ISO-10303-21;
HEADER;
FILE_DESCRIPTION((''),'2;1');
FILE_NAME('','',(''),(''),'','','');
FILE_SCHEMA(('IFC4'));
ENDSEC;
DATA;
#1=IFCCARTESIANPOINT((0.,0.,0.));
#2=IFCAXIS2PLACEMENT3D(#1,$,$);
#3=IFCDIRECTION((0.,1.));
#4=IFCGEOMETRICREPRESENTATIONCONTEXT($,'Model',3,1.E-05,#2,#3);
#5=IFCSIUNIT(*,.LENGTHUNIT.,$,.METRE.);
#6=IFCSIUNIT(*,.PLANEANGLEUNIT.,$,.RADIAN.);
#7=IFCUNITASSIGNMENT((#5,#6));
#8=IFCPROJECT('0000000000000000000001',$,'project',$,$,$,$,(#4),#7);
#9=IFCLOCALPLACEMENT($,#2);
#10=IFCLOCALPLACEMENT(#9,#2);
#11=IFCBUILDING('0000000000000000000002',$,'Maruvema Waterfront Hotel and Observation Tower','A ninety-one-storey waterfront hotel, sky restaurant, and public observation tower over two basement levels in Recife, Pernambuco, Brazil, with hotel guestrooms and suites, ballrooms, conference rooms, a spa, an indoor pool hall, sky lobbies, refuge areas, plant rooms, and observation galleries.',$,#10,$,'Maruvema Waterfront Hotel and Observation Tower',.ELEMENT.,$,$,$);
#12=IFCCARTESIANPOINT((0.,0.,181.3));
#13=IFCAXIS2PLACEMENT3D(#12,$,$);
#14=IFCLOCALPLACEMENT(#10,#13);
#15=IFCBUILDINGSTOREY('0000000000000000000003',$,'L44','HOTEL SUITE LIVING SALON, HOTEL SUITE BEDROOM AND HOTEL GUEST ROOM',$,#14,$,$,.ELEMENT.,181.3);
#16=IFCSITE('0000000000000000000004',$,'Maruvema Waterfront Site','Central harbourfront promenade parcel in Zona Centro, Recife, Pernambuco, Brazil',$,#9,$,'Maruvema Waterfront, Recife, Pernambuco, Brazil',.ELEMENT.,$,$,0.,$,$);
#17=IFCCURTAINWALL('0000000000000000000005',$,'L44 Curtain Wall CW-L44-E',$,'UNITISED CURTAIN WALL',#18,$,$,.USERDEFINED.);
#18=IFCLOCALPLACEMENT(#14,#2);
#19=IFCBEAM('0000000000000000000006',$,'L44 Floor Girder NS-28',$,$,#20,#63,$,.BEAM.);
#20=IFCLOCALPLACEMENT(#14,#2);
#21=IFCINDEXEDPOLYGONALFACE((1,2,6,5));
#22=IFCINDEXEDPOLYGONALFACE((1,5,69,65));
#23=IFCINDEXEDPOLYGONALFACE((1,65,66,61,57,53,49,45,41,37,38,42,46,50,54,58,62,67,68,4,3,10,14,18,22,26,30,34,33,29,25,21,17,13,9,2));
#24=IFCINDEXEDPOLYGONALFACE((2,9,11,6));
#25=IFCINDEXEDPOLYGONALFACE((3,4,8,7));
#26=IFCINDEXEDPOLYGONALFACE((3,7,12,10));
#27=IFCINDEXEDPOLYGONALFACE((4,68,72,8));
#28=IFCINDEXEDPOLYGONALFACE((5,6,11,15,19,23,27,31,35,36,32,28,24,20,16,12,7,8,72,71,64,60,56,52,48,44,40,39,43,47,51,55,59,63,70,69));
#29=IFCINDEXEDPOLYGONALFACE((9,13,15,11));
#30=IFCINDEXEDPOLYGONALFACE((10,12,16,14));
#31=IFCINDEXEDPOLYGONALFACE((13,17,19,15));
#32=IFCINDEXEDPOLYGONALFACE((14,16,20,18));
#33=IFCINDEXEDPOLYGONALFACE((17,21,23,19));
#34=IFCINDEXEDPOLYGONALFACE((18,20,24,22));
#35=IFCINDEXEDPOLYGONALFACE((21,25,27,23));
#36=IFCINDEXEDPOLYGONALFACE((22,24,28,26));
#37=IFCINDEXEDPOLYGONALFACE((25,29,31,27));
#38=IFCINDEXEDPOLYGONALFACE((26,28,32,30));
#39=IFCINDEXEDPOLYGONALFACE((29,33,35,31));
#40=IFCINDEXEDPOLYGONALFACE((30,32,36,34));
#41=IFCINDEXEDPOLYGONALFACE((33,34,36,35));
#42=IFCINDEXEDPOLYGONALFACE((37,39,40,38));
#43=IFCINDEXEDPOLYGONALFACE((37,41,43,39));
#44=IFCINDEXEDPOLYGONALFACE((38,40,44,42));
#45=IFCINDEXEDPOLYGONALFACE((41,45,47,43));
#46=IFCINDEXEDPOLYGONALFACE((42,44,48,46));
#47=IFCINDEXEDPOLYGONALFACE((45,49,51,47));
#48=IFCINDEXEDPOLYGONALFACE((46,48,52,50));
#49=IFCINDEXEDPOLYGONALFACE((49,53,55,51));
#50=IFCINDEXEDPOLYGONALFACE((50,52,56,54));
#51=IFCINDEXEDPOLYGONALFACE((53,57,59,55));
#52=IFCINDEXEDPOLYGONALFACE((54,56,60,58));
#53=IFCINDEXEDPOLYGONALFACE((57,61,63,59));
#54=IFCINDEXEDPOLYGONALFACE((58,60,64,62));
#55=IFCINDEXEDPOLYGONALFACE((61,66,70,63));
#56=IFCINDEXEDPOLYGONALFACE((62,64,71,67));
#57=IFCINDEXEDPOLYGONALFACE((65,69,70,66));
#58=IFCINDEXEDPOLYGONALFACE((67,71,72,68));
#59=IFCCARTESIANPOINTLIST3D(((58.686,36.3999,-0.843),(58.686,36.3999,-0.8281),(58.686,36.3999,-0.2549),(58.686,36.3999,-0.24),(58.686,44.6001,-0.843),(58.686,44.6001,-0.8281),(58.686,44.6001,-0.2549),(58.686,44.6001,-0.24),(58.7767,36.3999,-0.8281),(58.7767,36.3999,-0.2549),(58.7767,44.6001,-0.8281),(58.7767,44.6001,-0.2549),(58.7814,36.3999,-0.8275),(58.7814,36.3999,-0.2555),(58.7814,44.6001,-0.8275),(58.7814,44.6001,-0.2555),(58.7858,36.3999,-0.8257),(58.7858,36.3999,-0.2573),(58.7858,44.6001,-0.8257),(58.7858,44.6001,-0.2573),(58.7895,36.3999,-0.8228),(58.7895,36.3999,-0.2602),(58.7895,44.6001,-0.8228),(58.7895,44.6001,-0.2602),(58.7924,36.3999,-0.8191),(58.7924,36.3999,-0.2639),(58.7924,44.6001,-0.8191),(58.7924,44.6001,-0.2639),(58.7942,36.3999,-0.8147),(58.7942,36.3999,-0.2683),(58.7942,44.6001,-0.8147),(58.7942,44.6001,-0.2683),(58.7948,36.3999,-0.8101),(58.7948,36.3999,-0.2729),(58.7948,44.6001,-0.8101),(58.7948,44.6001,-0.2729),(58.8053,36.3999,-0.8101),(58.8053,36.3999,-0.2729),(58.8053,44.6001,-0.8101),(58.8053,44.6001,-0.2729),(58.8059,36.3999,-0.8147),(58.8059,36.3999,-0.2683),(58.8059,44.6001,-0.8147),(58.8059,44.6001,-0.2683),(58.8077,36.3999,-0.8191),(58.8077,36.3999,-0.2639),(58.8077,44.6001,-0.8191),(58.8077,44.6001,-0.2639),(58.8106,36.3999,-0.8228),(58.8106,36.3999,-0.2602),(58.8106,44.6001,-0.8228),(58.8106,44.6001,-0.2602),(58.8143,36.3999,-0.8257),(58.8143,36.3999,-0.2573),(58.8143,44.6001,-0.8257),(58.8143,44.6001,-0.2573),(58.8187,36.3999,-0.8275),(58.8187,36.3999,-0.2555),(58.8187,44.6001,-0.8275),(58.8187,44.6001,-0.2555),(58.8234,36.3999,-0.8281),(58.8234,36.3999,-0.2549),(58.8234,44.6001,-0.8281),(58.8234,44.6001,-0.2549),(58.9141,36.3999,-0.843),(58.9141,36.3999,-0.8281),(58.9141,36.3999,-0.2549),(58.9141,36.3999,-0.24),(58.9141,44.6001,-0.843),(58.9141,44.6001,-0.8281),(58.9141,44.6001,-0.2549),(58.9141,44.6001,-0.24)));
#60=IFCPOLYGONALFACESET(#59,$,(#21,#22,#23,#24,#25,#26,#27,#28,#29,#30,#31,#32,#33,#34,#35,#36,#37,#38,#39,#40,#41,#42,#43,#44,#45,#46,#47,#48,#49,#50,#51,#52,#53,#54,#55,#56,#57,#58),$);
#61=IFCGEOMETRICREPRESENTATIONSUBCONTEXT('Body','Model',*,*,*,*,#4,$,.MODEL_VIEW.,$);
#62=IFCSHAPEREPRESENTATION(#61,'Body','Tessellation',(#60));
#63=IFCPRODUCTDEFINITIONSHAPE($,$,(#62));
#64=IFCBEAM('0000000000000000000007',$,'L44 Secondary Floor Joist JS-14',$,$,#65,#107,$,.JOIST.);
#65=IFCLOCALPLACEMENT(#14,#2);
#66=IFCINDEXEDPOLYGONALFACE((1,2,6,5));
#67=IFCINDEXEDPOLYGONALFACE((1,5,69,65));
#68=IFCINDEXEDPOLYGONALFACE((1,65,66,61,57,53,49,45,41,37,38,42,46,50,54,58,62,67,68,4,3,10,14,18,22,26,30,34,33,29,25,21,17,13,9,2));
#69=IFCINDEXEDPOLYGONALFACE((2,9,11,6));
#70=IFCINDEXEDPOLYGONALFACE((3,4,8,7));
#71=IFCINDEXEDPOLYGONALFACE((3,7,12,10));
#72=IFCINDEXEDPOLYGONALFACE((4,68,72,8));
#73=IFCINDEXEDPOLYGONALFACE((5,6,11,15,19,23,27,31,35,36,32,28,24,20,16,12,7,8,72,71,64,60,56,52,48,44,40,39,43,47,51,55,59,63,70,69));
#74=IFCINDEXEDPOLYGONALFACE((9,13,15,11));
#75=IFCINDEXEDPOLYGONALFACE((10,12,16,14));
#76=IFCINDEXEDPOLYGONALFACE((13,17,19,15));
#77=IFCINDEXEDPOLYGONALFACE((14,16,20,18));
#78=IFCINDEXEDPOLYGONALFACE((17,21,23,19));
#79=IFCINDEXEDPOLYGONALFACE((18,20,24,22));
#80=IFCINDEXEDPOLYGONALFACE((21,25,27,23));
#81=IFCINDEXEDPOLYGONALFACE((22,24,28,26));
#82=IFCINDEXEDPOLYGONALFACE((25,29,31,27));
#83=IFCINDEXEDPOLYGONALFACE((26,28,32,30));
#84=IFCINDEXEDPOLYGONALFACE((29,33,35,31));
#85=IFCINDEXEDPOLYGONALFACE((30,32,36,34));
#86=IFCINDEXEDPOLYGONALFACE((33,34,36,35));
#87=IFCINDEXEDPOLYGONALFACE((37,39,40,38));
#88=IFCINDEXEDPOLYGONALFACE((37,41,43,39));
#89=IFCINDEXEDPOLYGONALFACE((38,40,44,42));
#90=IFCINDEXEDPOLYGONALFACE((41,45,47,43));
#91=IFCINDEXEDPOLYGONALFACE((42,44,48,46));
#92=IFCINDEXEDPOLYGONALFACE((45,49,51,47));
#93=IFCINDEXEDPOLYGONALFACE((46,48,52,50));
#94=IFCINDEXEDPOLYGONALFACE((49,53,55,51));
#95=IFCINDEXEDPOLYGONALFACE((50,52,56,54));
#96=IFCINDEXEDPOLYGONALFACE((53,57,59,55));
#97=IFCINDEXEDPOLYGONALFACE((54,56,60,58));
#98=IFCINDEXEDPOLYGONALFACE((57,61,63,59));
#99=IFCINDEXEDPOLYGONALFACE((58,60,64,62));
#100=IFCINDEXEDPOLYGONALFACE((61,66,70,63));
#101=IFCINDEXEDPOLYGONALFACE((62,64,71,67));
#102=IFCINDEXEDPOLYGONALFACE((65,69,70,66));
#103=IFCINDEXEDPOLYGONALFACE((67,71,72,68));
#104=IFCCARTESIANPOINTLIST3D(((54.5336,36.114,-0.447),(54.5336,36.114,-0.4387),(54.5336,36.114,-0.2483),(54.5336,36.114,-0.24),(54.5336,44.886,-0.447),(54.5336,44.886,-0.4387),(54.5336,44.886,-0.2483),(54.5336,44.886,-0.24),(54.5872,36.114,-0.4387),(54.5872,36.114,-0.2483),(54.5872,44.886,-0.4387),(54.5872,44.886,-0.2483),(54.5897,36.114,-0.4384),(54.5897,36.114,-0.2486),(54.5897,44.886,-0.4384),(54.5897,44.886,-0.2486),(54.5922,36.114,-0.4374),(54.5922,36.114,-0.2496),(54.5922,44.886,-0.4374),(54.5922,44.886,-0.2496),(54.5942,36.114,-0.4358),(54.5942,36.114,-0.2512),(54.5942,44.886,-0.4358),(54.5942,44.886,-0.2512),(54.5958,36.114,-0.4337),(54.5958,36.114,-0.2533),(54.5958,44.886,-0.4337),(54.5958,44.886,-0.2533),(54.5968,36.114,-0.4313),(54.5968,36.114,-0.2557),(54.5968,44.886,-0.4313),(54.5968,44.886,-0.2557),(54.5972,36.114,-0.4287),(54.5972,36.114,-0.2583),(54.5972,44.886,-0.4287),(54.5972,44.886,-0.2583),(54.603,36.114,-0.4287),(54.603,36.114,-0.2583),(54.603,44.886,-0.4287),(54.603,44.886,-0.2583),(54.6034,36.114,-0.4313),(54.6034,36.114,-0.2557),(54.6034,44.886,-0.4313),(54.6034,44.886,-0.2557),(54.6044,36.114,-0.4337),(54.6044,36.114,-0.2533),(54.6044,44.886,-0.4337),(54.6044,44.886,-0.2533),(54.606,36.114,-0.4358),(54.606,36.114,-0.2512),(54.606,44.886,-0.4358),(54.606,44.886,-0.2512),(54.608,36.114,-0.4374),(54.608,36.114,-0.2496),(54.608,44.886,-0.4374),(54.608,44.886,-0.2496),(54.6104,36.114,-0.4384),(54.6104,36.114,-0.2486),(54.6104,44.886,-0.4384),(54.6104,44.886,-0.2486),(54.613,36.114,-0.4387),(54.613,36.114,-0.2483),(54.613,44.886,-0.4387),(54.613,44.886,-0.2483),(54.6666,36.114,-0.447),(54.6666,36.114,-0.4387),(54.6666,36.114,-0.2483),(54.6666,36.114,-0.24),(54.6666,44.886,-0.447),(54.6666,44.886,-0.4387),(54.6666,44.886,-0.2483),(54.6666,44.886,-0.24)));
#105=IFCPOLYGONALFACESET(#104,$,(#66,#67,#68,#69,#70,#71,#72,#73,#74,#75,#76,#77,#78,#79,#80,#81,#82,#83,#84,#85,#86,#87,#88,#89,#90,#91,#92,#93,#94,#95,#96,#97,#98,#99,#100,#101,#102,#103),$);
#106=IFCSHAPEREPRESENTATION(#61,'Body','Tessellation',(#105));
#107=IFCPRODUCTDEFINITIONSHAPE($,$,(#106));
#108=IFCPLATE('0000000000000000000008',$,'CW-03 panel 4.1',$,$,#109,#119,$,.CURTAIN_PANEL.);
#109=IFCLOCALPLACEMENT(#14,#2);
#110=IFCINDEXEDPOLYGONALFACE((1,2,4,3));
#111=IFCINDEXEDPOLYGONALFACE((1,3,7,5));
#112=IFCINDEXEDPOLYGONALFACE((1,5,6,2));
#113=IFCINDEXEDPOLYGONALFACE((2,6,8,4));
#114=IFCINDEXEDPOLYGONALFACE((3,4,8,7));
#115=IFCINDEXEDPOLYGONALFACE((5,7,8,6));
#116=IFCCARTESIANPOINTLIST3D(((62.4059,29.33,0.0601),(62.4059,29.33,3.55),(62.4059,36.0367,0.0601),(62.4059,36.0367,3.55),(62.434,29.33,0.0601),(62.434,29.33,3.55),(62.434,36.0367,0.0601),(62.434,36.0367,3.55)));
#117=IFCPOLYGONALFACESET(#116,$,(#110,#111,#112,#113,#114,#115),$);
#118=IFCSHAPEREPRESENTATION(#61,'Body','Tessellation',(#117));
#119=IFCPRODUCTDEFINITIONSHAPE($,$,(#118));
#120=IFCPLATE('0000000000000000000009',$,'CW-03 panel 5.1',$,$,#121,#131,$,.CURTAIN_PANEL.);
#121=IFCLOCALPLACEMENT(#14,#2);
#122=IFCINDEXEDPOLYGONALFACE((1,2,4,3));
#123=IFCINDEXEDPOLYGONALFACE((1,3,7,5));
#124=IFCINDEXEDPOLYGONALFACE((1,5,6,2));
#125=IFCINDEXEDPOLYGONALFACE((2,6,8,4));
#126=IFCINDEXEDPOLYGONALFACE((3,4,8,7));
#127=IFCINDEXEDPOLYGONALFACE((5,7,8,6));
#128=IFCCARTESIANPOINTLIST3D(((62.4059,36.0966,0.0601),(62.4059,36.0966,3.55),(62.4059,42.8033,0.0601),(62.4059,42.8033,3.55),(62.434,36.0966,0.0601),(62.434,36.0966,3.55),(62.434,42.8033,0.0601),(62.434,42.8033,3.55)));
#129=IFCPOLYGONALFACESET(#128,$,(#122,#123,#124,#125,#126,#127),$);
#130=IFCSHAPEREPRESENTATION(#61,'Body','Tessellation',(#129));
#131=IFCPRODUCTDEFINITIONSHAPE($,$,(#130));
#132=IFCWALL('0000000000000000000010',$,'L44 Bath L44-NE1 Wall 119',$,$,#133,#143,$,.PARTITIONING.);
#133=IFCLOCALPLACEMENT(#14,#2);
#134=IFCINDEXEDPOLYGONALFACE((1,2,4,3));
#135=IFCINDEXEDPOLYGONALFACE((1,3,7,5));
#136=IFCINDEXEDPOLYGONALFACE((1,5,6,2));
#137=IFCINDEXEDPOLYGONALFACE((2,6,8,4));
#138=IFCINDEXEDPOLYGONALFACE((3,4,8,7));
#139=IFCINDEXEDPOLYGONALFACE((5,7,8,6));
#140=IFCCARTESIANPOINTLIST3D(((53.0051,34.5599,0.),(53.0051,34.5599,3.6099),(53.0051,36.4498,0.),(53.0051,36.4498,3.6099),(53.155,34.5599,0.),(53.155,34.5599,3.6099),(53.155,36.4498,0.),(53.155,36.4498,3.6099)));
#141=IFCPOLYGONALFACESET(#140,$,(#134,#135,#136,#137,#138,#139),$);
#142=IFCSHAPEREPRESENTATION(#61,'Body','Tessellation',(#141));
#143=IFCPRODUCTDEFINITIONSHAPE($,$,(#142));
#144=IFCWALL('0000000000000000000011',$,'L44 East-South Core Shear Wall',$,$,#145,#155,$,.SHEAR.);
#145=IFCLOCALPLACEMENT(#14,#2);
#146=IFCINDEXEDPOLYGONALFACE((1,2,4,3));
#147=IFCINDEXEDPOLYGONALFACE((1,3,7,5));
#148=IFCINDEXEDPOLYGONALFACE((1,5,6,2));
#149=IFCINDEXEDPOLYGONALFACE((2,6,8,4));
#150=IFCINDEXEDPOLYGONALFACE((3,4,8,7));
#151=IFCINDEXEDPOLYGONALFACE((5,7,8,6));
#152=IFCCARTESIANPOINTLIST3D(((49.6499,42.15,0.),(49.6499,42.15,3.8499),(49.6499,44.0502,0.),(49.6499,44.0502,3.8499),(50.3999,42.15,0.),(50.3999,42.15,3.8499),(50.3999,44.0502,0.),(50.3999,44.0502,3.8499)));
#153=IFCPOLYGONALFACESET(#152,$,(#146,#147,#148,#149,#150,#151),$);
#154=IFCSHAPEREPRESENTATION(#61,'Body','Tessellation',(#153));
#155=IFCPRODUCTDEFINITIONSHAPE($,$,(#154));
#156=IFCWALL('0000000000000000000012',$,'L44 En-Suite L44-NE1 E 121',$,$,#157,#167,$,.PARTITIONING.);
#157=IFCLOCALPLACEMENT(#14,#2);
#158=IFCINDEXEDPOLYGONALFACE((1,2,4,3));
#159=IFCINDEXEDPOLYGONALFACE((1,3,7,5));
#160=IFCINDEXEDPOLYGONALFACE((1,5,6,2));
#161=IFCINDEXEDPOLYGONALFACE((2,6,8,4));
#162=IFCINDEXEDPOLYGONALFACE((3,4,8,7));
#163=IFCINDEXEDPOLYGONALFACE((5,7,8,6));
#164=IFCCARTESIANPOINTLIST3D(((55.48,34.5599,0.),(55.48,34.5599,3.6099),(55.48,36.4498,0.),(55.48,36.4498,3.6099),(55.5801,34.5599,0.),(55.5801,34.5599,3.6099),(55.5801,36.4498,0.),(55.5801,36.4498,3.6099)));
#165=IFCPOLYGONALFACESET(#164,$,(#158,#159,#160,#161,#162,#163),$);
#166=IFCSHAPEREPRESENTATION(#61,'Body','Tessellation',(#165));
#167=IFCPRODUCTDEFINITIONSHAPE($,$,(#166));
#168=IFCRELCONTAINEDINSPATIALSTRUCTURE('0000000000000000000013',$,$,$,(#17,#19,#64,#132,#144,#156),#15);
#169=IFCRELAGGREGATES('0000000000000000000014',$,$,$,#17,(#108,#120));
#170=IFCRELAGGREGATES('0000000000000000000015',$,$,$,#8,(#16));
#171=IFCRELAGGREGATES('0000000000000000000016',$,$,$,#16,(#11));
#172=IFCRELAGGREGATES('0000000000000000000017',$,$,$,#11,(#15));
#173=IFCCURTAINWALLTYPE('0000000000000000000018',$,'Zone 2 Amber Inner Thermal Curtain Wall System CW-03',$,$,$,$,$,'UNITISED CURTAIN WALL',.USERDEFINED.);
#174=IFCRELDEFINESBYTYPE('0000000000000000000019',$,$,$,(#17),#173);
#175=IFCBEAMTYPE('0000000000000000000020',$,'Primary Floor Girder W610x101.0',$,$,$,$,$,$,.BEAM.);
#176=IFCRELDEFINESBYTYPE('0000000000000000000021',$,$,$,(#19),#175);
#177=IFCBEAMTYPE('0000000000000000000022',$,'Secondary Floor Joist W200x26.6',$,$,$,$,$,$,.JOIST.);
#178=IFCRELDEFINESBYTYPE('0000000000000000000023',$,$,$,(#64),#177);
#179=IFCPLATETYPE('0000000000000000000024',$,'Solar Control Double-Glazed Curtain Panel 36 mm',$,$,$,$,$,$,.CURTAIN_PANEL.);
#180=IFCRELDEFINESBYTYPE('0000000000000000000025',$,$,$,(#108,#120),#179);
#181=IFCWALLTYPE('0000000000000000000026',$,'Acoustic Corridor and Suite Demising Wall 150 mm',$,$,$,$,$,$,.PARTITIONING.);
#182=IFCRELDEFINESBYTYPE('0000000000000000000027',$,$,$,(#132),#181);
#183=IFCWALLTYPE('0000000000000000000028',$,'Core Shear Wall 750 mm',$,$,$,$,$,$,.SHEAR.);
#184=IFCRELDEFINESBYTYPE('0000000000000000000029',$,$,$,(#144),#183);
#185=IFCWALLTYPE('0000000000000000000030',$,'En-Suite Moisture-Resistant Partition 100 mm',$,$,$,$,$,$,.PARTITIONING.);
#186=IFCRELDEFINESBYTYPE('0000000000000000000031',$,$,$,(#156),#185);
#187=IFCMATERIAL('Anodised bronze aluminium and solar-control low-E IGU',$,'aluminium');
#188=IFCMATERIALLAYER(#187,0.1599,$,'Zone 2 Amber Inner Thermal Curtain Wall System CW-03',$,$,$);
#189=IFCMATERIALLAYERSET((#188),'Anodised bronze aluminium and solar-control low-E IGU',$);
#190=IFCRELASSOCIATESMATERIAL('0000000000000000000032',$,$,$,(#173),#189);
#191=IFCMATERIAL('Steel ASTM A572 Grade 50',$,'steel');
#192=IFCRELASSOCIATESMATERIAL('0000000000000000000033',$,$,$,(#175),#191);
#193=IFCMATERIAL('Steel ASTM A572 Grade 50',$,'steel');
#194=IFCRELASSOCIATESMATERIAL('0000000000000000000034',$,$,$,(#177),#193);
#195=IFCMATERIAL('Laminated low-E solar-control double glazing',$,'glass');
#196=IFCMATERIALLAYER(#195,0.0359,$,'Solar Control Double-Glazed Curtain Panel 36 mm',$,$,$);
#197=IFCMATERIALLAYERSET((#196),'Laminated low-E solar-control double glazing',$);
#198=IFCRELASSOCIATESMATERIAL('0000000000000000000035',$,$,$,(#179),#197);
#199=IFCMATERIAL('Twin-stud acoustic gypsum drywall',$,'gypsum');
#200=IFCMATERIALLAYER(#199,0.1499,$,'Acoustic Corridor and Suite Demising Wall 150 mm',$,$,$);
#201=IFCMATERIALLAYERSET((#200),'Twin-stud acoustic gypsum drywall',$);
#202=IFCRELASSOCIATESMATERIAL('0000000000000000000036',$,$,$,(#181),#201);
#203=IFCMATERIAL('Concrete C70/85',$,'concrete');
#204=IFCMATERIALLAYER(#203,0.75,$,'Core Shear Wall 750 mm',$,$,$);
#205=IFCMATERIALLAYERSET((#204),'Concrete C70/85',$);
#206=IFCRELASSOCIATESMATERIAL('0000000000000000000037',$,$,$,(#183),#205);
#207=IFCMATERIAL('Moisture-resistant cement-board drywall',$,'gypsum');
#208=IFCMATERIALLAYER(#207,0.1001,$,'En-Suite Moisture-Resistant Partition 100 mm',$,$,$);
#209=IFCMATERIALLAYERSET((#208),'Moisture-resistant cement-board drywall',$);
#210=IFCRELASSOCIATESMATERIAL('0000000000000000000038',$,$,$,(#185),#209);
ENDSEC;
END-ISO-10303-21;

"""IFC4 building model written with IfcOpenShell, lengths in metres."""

from ifc_helpers import new_model, si_unit, direction, frame, frame_2d, origin, origin_2d, place, context, subcontext, project, spatial, rectangle, i_section, extrude, material, layer, layer_set, material_profile, profile_set, type_object, element, aggregate, save


model = new_model("IFC4")

# Units and contexts
model_context = context("Model", 3, precision=1e-05, world=origin(), true_north=direction((0.0, 1.0)))
body_context = subcontext(model_context, "Body", "Model", "MODEL_VIEW")
ifc_project = project(units=[si_unit("LENGTHUNIT", "METRE"), si_unit("PLANEANGLEUNIT", "RADIAN")], contexts=[model_context])

# Site, building, storey
site_placement = place(None, origin())
site = spatial("IfcSite", under=ifc_project, at=site_placement, Name="Maruvema Waterfront Site", Description="Central harbourfront promenade parcel in Zona Centro, Recife, Pernambuco, Brazil", LongName="Maruvema Waterfront, Recife, Pernambuco, Brazil", CompositionType="ELEMENT", RefElevation=0.0)
building_placement = place(site_placement, origin())
building = spatial("IfcBuilding", under=site, at=building_placement, Name="Maruvema Waterfront Hotel and Observation Tower", Description="A ninety-one-storey waterfront hotel, sky restaurant, and public observation tower over two basement levels in Recife, Pernambuco, Brazil, with hotel guestrooms and suites, ballrooms, conference rooms, a spa, an indoor pool hall, sky lobbies, refuge areas, plant rooms, and observation galleries.", LongName="Maruvema Waterfront Hotel and Observation Tower", CompositionType="ELEMENT")
storey_placement = place(building_placement, frame((0.0, 0.0, 181.3)))
storey = spatial("IfcBuildingStorey", under=building, at=storey_placement, Name="L44", Description="HOTEL SUITE LIVING SALON, HOTEL SUITE BEDROOM AND HOTEL GUEST ROOM", CompositionType="ELEMENT", Elevation=181.3)

# Curtain wall
ifc_material_1 = material(Name="Anodised bronze aluminium and solar-control low-E IGU", Category="aluminium")
ifc_layer_1 = layer(ifc_material_1, 0.1599, Name="Zone 2 Amber Inner Thermal Curtain Wall System CW-03")
ifc_layer_set_1 = layer_set([ifc_layer_1], Name="Anodised bronze aluminium and solar-control low-E IGU")
curtain_wall_type = type_object("IfcCurtainWallType", Name="Zone 2 Amber Inner Thermal Curtain Wall System CW-03", ElementType="UNITISED CURTAIN WALL", PredefinedType="USERDEFINED", material=ifc_layer_set_1)
curtain_wall_placement = place(storey_placement, origin())
curtain_wall = element("IfcCurtainWall", 1, at=curtain_wall_placement, inside=storey, type_object=curtain_wall_type, Name="L44 Curtain Wall CW-L44-E", ObjectType="UNITISED CURTAIN WALL", PredefinedType="USERDEFINED")

# Beams
ifc_material_2 = material(Name="Steel ASTM A572 Grade 50", Category="steel")
ifc_material_profile_1 = material_profile(ifc_material_2, i_section(OverallWidth=0.228, OverallDepth=0.603, WebThickness=0.0105, FlangeThickness=0.0149, FilletRadius=0.0181, at=origin_2d()), Name="W610x101.0")
ifc_profile_set_1 = profile_set([ifc_material_profile_1], Name="Steel ASTM A572 Grade 50")
beam_type_1 = type_object("IfcBeamType", Name="Primary Floor Girder W610x101.0", PredefinedType="BEAM", material=ifc_profile_set_1)
beam_1_placement = place(storey_placement, frame((58.8, 36.3999, -0.5415), z_axis=(0.0, 1.0, 0.0), x_axis=(-1.0, 0.0, 0.0)))
element("IfcBeam", 2, at=beam_1_placement, inside=storey, type_object=beam_type_1, Name="L44 Floor Girder NS-28", PredefinedType="BEAM", context=body_context, shape_type="SweptSolid", body=[
    extrude(i_section(OverallWidth=0.228, OverallDepth=0.603, WebThickness=0.0105, FlangeThickness=0.0149, FilletRadius=0.0181, at=origin_2d()), origin(), (0.0, 0.0, 1.0), 8.2002),
])
ifc_material_3 = material(Name="Steel ASTM A572 Grade 50", Category="steel")
ifc_material_profile_2 = material_profile(ifc_material_3, i_section(OverallWidth=0.1331, OverallDepth=0.207, WebThickness=0.0059, FlangeThickness=0.0083, FilletRadius=0.01, at=origin_2d()), Name="W200x26.6")
ifc_profile_set_2 = profile_set([ifc_material_profile_2], Name="Steel ASTM A572 Grade 50")
beam_type_2 = type_object("IfcBeamType", Name="Secondary Floor Joist W200x26.6", PredefinedType="JOIST", material=ifc_profile_set_2)
beam_2_placement = place(storey_placement, frame((54.6001, 36.114, -0.3435), z_axis=(0.0, 1.0, 0.0), x_axis=(-1.0, 0.0, 0.0)))
element("IfcBeam", 3, at=beam_2_placement, inside=storey, type_object=beam_type_2, Name="L44 Secondary Floor Joist JS-14", PredefinedType="JOIST", context=body_context, shape_type="SweptSolid", body=[
    extrude(i_section(OverallWidth=0.1331, OverallDepth=0.207, WebThickness=0.0059, FlangeThickness=0.0083, FilletRadius=0.01, at=origin_2d()), origin(), (0.0, 0.0, 1.0), 8.772),
])

# Plates
ifc_material_4 = material(Name="Laminated low-E solar-control double glazing", Category="glass")
ifc_layer_2 = layer(ifc_material_4, 0.0359, Name="Solar Control Double-Glazed Curtain Panel 36 mm")
ifc_layer_set_2 = layer_set([ifc_layer_2], Name="Laminated low-E solar-control double glazing")
plate_type = type_object("IfcPlateType", Name="Solar Control Double-Glazed Curtain Panel 36 mm", PredefinedType="CURTAIN_PANEL", material=ifc_layer_set_2)
plate_1_placement = place(storey_placement, frame((62.4199, 32.6833, 0.0601), z_axis=(0.0, 0.0, 1.0), x_axis=(0.0, 1.0, 0.0)))
plate_1 = element("IfcPlate", 4, at=plate_1_placement, type_object=plate_type, Name="CW-03 panel 4.1", PredefinedType="CURTAIN_PANEL", context=body_context, shape_type="SweptSolid", body=[
    extrude(rectangle(XDim=6.7068, YDim=0.0281, at=origin_2d()), origin(), (0.0, 0.0, 1.0), 3.49),
])
plate_2_placement = place(storey_placement, frame((62.4199, 39.45, 0.0601), z_axis=(0.0, 0.0, 1.0), x_axis=(0.0, 1.0, 0.0)))
plate_2 = element("IfcPlate", 5, at=plate_2_placement, type_object=plate_type, Name="CW-03 panel 5.1", PredefinedType="CURTAIN_PANEL", context=body_context, shape_type="SweptSolid", body=[
    extrude(rectangle(XDim=6.7068, YDim=0.0281, at=origin_2d()), origin(), (0.0, 0.0, 1.0), 3.49),
])
aggregate(curtain_wall, [plate_1, plate_2])

# Wall
ifc_material_5 = material(Name="Twin-stud acoustic gypsum drywall", Category="gypsum")
ifc_layer_3 = layer(ifc_material_5, 0.1499, Name="Acoustic Corridor and Suite Demising Wall 150 mm")
ifc_layer_set_3 = layer_set([ifc_layer_3], Name="Twin-stud acoustic gypsum drywall")
wall_type_1 = type_object("IfcWallType", Name="Acoustic Corridor and Suite Demising Wall 150 mm", PredefinedType="PARTITIONING", material=ifc_layer_set_3)
wall_1_placement = place(storey_placement, frame((53.0801, 34.5601, 0.0), z_axis=(0.0, 0.0, 1.0), x_axis=(0.0, 1.0, 0.0)))
element("IfcWall", 6, at=wall_1_placement, inside=storey, type_object=wall_type_1, Name="L44 Bath L44-NE1 Wall 119", PredefinedType="PARTITIONING", context=body_context, shape_type="SweptSolid", body=[
    extrude(rectangle(XDim=1.8899, YDim=0.1499, at=frame_2d((0.9448, 0.0))), origin(), (0.0, 0.0, 1.0), 3.6099),
])

# Walls
ifc_material_6 = material(Name="Concrete C70/85", Category="concrete")
ifc_layer_4 = layer(ifc_material_6, 0.75, Name="Core Shear Wall 750 mm")
ifc_layer_set_4 = layer_set([ifc_layer_4], Name="Concrete C70/85")
wall_type_2 = type_object("IfcWallType", Name="Core Shear Wall 750 mm", PredefinedType="SHEAR", material=ifc_layer_set_4)
wall_2_placement = place(storey_placement, frame((50.0249, 42.1499, 0.0), z_axis=(0.0, 0.0, 1.0), x_axis=(0.0, 1.0, 0.0)))
element("IfcWall", 7, at=wall_2_placement, inside=storey, type_object=wall_type_2, Name="L44 East-South Core Shear Wall", PredefinedType="SHEAR", context=body_context, shape_type="SweptSolid", body=[
    extrude(rectangle(XDim=1.9001, YDim=0.75, at=frame_2d((0.9502, 0.0))), origin(), (0.0, 0.0, 1.0), 3.8499),
])
ifc_material_7 = material(Name="Moisture-resistant cement-board drywall", Category="gypsum")
ifc_layer_5 = layer(ifc_material_7, 0.1001, Name="En-Suite Moisture-Resistant Partition 100 mm")
ifc_layer_set_5 = layer_set([ifc_layer_5], Name="Moisture-resistant cement-board drywall")
wall_type_3 = type_object("IfcWallType", Name="En-Suite Moisture-Resistant Partition 100 mm", PredefinedType="PARTITIONING", material=ifc_layer_set_5)
wall_3_placement = place(storey_placement, frame((55.53, 34.5601, 0.0), z_axis=(0.0, 0.0, 1.0), x_axis=(0.0, 1.0, 0.0)))
element("IfcWall", 8, at=wall_3_placement, inside=storey, type_object=wall_type_3, Name="L44 En-Suite L44-NE1 E 121", PredefinedType="PARTITIONING", context=body_context, shape_type="SweptSolid", body=[
    extrude(rectangle(XDim=1.8899, YDim=0.1001, at=frame_2d((0.9448, 0.0))), origin(), (0.0, 0.0, 1.0), 3.6099),
])

save(model, "model.ifc")
